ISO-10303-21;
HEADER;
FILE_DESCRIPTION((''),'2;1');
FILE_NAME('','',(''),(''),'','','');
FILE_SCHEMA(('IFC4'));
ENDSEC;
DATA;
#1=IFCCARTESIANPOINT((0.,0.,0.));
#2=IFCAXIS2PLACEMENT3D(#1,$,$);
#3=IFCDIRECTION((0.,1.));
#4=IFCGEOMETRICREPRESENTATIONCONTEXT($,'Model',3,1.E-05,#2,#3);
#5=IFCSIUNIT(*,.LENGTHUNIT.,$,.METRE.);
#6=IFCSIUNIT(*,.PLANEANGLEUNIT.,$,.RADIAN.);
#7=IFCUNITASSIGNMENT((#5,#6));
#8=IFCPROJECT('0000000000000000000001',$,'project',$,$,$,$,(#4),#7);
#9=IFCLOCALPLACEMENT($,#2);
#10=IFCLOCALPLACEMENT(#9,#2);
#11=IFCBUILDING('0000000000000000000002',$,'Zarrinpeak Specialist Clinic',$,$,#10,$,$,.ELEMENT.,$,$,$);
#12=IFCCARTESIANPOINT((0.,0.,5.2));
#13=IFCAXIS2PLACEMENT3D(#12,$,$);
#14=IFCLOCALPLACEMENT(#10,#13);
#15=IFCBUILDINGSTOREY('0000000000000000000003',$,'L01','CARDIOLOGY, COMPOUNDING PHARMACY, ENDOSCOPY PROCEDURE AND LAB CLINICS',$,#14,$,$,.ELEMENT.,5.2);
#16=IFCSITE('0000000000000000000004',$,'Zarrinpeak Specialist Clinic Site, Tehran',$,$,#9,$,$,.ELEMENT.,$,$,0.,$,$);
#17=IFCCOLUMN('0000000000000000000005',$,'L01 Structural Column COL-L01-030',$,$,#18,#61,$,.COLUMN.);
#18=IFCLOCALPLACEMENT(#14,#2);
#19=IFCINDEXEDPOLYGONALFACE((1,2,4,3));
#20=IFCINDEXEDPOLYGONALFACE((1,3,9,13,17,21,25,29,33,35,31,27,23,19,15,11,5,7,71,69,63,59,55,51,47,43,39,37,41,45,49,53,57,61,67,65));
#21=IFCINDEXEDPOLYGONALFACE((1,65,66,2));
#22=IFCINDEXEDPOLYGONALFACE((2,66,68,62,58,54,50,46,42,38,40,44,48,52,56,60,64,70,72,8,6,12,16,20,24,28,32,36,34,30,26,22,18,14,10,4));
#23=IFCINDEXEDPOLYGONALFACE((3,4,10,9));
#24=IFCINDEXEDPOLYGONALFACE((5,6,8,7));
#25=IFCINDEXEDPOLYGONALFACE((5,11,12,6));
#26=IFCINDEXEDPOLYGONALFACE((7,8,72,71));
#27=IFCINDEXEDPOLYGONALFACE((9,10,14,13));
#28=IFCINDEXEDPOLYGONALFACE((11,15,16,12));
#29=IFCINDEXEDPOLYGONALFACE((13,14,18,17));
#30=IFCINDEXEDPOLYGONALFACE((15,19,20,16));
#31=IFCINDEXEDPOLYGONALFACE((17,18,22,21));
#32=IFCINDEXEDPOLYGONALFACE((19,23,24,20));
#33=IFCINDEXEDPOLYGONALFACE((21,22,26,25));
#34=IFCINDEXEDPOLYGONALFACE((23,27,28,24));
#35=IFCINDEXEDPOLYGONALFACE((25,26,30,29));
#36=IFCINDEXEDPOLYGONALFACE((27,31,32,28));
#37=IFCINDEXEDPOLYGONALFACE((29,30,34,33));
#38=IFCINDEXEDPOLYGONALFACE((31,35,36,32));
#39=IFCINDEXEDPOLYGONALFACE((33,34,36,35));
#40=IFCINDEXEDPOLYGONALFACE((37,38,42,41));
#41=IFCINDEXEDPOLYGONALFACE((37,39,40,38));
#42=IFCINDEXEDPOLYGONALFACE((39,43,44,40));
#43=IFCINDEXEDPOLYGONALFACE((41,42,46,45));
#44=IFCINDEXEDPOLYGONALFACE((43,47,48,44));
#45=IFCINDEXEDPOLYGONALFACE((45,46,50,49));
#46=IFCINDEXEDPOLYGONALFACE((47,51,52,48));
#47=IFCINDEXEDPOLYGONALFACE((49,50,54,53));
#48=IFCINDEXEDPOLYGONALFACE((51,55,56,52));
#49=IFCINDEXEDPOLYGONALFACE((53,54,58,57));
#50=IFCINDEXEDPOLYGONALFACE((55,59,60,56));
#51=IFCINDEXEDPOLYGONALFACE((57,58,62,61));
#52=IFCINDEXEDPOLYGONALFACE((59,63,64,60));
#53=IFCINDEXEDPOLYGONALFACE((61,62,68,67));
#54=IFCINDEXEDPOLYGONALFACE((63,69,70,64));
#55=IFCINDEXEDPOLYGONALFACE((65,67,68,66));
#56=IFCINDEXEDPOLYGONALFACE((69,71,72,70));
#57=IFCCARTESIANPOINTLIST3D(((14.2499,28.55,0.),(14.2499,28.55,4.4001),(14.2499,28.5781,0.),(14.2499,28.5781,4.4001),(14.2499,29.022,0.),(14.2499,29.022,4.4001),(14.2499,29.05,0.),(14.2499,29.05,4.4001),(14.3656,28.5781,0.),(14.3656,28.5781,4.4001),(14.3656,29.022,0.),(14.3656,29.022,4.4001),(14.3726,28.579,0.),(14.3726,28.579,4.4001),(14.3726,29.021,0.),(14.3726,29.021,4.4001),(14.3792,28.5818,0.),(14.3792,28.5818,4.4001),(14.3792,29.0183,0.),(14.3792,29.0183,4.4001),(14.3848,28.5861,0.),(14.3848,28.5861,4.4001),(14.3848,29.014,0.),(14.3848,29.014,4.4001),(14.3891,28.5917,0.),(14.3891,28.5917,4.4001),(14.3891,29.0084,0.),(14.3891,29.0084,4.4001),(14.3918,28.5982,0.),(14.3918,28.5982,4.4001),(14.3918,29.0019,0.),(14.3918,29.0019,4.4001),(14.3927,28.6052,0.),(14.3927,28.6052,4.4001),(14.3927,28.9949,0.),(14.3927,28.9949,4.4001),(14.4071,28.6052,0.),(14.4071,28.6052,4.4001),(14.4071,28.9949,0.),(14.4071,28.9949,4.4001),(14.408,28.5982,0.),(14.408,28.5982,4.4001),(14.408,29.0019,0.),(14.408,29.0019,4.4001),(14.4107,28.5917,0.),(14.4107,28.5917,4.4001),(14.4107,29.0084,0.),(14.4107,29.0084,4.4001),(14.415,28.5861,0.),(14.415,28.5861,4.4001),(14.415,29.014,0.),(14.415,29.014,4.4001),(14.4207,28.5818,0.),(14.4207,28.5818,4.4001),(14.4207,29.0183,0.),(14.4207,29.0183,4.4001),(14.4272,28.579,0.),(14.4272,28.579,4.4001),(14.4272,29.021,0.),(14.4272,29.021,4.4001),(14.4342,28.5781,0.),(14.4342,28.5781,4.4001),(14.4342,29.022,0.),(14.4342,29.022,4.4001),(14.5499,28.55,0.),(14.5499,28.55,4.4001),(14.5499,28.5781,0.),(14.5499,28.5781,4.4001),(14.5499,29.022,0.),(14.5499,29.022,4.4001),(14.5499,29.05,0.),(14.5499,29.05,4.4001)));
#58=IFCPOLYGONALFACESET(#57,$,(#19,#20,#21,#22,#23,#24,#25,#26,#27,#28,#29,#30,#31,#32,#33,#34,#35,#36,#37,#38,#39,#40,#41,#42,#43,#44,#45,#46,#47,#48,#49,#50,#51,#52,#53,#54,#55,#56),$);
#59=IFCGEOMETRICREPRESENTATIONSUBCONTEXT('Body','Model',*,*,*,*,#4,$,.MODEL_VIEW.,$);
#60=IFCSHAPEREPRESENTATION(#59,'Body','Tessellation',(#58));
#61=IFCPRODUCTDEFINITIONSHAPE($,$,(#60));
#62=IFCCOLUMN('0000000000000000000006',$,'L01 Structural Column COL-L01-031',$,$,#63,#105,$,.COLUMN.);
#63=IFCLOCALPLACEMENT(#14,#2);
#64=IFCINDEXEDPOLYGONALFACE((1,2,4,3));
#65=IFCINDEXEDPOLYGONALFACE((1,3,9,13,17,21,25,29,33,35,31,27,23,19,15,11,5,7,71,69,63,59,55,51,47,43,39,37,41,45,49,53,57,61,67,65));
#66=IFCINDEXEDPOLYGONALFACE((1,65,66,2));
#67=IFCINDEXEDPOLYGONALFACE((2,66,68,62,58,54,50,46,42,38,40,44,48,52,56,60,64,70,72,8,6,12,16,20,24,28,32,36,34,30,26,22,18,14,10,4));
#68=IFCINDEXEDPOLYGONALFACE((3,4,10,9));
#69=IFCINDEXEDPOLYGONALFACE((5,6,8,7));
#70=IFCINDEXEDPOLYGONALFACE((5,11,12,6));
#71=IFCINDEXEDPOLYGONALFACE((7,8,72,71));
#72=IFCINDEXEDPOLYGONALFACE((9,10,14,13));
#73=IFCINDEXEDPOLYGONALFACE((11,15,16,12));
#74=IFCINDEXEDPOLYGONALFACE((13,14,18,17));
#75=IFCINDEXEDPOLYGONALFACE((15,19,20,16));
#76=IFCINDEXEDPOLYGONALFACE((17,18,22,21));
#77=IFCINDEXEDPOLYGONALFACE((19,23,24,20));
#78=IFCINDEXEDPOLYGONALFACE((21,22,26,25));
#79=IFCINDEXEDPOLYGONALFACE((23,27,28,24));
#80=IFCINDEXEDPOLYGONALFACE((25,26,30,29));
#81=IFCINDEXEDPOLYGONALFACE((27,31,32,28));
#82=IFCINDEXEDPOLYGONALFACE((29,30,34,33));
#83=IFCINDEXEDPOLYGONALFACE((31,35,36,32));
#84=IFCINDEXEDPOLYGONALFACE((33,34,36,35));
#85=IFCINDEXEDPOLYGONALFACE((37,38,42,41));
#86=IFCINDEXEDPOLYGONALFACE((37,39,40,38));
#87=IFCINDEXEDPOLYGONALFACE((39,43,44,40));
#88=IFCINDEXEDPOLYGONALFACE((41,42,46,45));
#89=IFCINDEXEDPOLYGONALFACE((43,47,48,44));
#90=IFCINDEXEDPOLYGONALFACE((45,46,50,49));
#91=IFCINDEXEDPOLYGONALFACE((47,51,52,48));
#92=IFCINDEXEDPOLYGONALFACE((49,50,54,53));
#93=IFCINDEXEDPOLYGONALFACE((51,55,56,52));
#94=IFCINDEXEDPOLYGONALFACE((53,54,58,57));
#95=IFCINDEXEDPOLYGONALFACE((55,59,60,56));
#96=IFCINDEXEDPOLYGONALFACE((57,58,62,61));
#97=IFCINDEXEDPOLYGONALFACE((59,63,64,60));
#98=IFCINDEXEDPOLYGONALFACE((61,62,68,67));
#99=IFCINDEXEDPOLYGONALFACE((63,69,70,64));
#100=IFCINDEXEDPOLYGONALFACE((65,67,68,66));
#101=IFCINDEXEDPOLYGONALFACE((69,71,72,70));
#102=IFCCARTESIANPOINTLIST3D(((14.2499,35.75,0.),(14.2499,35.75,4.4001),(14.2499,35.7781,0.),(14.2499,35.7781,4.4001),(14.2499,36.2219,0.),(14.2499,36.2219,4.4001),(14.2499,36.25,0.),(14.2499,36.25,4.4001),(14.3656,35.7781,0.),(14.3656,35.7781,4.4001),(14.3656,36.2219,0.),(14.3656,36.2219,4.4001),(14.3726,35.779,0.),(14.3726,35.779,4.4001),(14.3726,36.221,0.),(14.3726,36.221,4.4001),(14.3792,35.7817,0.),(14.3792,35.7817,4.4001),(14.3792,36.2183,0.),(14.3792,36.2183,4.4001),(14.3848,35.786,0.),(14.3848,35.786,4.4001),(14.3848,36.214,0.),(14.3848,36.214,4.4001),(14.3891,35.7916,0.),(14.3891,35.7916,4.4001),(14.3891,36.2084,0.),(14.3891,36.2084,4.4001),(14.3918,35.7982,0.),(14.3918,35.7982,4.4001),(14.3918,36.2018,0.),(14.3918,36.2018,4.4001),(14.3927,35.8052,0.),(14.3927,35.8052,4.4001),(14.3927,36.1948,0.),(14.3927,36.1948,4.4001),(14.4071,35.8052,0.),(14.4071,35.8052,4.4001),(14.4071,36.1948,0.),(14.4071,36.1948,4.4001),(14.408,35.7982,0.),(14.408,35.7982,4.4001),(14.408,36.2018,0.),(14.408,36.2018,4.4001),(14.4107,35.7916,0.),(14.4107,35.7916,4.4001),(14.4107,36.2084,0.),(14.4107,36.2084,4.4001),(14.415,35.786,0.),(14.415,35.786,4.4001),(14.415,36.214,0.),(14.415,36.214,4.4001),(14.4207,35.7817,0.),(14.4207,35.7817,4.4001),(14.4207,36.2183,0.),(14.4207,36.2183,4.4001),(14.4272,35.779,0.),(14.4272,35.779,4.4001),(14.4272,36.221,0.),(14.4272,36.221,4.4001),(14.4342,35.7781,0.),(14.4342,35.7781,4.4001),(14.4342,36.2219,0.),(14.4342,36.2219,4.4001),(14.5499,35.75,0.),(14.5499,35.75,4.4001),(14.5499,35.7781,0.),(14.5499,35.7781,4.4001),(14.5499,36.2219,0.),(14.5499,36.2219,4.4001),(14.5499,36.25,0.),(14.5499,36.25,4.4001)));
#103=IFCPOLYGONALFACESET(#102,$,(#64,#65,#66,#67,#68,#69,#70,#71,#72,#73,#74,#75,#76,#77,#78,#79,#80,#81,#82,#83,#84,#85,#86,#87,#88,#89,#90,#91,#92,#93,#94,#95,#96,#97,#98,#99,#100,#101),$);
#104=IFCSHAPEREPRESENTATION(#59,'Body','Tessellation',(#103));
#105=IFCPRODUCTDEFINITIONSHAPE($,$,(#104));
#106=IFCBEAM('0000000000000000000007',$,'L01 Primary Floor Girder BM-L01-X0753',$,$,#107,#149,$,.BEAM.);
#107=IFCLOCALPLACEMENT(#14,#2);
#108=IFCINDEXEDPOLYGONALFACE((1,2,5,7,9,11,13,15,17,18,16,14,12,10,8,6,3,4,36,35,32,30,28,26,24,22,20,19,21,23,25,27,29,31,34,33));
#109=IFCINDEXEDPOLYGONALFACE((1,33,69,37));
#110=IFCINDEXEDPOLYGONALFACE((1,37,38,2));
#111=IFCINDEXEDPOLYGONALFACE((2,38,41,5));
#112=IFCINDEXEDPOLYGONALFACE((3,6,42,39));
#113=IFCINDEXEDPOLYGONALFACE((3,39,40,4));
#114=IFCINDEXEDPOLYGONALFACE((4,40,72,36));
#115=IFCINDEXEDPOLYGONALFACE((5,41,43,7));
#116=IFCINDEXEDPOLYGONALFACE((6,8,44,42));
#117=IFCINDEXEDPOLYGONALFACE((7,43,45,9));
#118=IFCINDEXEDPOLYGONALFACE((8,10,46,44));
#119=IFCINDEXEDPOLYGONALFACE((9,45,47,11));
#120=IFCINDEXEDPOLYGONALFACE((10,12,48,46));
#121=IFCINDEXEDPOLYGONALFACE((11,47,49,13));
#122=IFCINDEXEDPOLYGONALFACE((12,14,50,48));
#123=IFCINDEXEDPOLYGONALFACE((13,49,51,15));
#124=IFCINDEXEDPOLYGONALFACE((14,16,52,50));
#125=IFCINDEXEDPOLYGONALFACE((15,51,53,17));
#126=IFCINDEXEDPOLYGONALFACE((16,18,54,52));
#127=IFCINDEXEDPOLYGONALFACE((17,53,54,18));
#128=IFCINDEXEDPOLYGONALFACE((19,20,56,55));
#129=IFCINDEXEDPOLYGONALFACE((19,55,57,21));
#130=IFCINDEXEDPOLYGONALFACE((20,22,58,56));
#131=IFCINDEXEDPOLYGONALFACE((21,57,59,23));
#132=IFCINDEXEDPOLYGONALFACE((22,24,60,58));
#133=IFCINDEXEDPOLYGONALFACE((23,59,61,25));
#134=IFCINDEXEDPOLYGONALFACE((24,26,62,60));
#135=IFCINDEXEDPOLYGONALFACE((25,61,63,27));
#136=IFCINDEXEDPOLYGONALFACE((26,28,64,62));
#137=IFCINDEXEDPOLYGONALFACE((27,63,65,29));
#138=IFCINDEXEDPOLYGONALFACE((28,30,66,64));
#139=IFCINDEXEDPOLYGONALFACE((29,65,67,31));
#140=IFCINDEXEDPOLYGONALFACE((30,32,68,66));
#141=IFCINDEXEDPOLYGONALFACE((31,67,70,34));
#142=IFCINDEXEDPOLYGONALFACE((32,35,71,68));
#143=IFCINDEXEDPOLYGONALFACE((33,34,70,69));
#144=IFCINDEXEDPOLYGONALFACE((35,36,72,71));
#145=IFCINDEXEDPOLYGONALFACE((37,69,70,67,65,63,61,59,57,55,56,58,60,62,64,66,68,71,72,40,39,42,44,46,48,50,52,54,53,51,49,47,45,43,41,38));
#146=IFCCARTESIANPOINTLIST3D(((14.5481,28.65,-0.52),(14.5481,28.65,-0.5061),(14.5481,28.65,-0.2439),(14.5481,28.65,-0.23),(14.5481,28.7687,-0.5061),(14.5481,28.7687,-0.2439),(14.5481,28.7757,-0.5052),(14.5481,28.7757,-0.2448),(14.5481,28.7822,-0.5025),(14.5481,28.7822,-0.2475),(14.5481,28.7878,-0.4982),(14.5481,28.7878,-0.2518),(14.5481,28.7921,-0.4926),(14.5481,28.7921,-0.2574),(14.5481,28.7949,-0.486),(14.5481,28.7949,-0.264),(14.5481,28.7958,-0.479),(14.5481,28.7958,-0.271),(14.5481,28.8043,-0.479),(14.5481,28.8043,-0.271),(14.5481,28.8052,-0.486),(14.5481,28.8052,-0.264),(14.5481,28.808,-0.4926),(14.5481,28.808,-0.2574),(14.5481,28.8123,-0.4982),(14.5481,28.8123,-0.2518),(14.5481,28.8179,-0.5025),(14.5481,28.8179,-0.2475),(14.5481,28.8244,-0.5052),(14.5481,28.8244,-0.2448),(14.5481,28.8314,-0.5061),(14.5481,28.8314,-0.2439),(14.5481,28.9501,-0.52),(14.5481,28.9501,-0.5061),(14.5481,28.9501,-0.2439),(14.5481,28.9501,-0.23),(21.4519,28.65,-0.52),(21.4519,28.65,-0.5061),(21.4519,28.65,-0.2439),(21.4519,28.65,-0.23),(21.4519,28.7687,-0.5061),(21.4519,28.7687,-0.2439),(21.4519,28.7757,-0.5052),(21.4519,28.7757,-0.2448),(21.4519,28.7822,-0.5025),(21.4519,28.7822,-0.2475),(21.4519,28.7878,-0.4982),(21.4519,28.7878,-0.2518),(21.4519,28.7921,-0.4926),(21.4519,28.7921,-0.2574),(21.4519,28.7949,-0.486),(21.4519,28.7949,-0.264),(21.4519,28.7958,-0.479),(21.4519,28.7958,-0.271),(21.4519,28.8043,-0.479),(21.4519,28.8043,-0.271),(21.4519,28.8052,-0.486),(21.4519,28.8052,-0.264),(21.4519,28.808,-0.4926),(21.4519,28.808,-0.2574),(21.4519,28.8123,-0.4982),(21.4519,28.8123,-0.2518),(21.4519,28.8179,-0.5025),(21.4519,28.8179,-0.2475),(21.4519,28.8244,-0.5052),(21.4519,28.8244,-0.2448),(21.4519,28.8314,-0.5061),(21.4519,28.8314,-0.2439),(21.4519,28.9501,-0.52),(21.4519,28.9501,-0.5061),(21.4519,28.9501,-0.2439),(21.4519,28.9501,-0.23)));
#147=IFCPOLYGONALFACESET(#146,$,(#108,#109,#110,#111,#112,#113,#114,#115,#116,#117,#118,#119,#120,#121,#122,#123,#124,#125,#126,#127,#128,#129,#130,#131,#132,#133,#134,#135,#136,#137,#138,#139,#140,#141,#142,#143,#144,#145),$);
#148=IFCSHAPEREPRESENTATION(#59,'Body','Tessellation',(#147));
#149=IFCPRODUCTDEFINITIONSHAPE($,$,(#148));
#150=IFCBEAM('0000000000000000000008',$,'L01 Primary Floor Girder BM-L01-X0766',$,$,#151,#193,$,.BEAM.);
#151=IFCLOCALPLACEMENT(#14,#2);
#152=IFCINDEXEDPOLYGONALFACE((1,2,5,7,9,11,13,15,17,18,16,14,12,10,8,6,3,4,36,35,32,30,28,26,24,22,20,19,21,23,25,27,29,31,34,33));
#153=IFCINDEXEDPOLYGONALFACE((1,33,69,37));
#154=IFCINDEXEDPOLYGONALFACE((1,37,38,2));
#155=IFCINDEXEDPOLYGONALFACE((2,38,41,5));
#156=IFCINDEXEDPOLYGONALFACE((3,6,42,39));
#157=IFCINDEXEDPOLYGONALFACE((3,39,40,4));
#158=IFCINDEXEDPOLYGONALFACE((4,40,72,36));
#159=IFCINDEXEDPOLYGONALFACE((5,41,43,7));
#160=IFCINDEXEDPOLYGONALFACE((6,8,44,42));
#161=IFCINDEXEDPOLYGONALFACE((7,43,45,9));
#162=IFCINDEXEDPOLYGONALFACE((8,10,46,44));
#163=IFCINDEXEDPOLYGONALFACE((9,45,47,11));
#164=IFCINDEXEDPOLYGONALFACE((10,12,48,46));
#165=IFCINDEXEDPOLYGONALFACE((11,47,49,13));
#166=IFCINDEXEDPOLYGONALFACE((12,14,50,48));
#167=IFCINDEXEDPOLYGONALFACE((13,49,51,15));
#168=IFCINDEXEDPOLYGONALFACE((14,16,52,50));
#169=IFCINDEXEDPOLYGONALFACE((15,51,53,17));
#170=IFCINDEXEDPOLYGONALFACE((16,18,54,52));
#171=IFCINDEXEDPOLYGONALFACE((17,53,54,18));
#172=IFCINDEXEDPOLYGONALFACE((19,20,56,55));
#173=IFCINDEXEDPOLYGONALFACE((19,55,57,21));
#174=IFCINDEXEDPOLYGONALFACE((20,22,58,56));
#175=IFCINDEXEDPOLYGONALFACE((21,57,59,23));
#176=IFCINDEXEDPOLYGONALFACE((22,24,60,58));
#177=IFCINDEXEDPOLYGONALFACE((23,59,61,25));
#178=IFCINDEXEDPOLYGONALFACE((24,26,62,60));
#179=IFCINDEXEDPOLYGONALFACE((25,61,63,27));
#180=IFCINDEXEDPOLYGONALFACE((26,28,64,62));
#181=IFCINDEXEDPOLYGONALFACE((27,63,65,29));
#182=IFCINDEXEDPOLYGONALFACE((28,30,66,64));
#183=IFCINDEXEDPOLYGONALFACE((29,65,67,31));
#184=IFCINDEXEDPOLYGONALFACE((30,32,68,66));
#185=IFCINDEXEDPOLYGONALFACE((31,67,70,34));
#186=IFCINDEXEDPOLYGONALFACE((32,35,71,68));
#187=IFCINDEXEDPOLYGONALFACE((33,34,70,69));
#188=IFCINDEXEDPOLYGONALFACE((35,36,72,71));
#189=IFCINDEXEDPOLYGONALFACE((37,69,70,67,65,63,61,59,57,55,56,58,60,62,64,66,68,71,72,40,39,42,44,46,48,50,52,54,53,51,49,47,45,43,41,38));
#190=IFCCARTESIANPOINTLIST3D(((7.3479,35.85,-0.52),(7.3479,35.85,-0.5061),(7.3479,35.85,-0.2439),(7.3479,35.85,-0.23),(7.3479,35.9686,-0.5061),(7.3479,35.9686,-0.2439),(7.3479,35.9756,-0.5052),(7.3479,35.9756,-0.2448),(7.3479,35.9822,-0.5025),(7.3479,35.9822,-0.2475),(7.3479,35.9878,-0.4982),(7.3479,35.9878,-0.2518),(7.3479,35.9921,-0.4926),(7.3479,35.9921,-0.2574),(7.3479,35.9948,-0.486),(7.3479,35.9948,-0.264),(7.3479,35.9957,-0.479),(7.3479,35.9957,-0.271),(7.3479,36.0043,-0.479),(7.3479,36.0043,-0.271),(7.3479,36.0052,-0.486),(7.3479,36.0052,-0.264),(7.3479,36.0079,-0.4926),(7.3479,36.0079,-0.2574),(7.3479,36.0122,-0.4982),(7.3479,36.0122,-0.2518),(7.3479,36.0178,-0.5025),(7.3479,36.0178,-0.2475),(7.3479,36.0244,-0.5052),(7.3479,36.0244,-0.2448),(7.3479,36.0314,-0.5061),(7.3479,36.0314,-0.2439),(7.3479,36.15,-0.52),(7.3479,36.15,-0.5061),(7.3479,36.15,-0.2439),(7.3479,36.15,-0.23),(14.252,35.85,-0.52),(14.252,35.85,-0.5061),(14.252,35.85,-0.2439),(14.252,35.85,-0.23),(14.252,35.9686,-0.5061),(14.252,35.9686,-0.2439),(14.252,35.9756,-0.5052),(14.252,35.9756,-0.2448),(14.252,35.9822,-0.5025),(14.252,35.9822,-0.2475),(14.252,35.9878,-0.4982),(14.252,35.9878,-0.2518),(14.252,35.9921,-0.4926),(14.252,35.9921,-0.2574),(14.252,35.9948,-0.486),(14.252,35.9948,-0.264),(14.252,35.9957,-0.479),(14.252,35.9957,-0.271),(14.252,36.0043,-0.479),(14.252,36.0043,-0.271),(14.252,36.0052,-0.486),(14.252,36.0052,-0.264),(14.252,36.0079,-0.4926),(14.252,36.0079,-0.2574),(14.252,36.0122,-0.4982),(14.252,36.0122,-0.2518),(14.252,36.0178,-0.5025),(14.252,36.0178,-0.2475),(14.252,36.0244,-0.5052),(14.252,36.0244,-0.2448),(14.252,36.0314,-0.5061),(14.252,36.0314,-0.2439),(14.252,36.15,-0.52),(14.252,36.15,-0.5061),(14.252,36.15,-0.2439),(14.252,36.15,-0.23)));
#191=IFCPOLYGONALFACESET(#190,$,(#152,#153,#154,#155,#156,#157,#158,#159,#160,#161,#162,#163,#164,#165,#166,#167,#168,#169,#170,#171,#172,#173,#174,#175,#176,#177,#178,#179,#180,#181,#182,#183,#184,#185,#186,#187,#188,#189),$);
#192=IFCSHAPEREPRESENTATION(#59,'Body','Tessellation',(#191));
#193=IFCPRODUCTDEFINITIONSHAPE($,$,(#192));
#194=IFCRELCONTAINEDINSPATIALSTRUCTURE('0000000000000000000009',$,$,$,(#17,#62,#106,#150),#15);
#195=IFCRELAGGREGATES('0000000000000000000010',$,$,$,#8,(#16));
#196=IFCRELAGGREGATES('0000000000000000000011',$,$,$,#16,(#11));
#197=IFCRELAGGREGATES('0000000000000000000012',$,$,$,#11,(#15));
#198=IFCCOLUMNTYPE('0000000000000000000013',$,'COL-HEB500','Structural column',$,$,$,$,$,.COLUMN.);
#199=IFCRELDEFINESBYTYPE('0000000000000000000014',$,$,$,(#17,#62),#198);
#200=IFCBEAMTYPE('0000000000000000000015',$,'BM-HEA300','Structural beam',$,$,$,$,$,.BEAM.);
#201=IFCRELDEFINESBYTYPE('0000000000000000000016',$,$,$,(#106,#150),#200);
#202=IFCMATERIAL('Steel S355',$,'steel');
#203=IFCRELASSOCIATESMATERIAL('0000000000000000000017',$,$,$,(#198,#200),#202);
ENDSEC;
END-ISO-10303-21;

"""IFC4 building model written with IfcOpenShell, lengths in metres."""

from ifc_helpers import new_model, si_unit, direction, frame, origin, origin_2d, place, context, subcontext, project, spatial, i_section, extrude, material, material_profile, profile_set, type_object, element, save


model = new_model("IFC4")

# Units and contexts
model_context = context("Model", 3, precision=1e-05, world=origin(), true_north=direction((0.0, 1.0)))
body_context = subcontext(model_context, "Body", "Model", "MODEL_VIEW")
ifc_project = project(units=[si_unit("LENGTHUNIT", "METRE"), si_unit("PLANEANGLEUNIT", "RADIAN")], contexts=[model_context])

# Site, building, storey
site_placement = place(None, origin())
site = spatial("IfcSite", under=ifc_project, at=site_placement, Name="Zarrinpeak Specialist Clinic Site, Tehran", CompositionType="ELEMENT", RefElevation=0.0)
building_placement = place(site_placement, origin())
building = spatial("IfcBuilding", under=site, at=building_placement, Name="Zarrinpeak Specialist Clinic", CompositionType="ELEMENT")
storey_placement = place(building_placement, frame((0.0, 0.0, 5.2)))
storey = spatial("IfcBuildingStorey", under=building, at=storey_placement, Name="L01", Description="CARDIOLOGY, COMPOUNDING PHARMACY, ENDOSCOPY PROCEDURE AND LAB CLINICS", CompositionType="ELEMENT", Elevation=5.2)

# Columns
ifc_material_1 = material(Name="Steel S355", Category="steel")
ifc_material_profile_1 = material_profile(ifc_material_1, i_section(OverallWidth=0.3, OverallDepth=0.5, WebThickness=0.0144, FlangeThickness=0.0281, FilletRadius=0.0271, at=origin_2d()), Name="HEB 500")
ifc_profile_set_1 = profile_set([ifc_material_profile_1], Name="Steel S355")
column_type = type_object("IfcColumnType", Name="COL-HEB500", Description="Structural column", PredefinedType="COLUMN", material=ifc_profile_set_1)
for number, where, z_axis, x_axis, name in (
    (1, (14.3999, 28.8, 0.0), (0.0, 0.0, 1.0), (1.0, 0.0, 0.0), "L01 Structural Column COL-L01-030"),
    (2, (14.3999, 36.0, 0.0), (0.0, 0.0, 1.0), (1.0, 0.0, 0.0), "L01 Structural Column COL-L01-031"),
):
    element("IfcColumn", number, at=place(storey_placement, frame(where, z_axis=z_axis, x_axis=x_axis)), inside=storey, type_object=column_type, Name=name, PredefinedType="COLUMN", context=body_context, shape_type="SweptSolid", body=[
        extrude(i_section(OverallWidth=0.3, OverallDepth=0.5, WebThickness=0.0144, FlangeThickness=0.0281, FilletRadius=0.0271, at=origin_2d()), origin(), (0.0, 0.0, 1.0), 4.4001),
    ])

# Beams
ifc_material_profile_2 = material_profile(ifc_material_1, i_section(OverallWidth=0.3, OverallDepth=0.29, WebThickness=0.0085, FlangeThickness=0.0139, FilletRadius=0.0271, at=origin_2d()), Name="HEA 300")
ifc_profile_set_2 = profile_set([ifc_material_profile_2], Name="Steel S355")
beam_type_1 = type_object("IfcBeamType", Name="BM-HEA300", Description="Structural beam", PredefinedType="BEAM", material=ifc_profile_set_2)
beam_1_placement = place(storey_placement, frame((14.5481, 28.8, -0.375), z_axis=(1.0, 0.0, 0.0), x_axis=(0.0, 1.0, 0.0)))
element("IfcBeam", 3, at=beam_1_placement, inside=storey, type_object=beam_type_1, Name="L01 Primary Floor Girder BM-L01-X0753", PredefinedType="BEAM", context=body_context, shape_type="SweptSolid", body=[
    extrude(i_section(OverallWidth=0.3, OverallDepth=0.29, WebThickness=0.0085, FlangeThickness=0.0139, FilletRadius=0.0271, at=origin_2d()), origin(), (0.0, 0.0, 1.0), 6.9038),
])
beam_2_placement = place(storey_placement, frame((7.3479, 36.0, -0.375), z_axis=(1.0, 0.0, 0.0), x_axis=(0.0, 1.0, 0.0)))
element("IfcBeam", 4, at=beam_2_placement, inside=storey, type_object=beam_type_1, Name="L01 Primary Floor Girder BM-L01-X0766", PredefinedType="BEAM", context=body_context, shape_type="SweptSolid", body=[
    extrude(i_section(OverallWidth=0.3, OverallDepth=0.29, WebThickness=0.0085, FlangeThickness=0.0139, FilletRadius=0.0271, at=origin_2d()), origin(), (0.0, 0.0, 1.0), 6.9041),
])

save(model, "model.ifc")
